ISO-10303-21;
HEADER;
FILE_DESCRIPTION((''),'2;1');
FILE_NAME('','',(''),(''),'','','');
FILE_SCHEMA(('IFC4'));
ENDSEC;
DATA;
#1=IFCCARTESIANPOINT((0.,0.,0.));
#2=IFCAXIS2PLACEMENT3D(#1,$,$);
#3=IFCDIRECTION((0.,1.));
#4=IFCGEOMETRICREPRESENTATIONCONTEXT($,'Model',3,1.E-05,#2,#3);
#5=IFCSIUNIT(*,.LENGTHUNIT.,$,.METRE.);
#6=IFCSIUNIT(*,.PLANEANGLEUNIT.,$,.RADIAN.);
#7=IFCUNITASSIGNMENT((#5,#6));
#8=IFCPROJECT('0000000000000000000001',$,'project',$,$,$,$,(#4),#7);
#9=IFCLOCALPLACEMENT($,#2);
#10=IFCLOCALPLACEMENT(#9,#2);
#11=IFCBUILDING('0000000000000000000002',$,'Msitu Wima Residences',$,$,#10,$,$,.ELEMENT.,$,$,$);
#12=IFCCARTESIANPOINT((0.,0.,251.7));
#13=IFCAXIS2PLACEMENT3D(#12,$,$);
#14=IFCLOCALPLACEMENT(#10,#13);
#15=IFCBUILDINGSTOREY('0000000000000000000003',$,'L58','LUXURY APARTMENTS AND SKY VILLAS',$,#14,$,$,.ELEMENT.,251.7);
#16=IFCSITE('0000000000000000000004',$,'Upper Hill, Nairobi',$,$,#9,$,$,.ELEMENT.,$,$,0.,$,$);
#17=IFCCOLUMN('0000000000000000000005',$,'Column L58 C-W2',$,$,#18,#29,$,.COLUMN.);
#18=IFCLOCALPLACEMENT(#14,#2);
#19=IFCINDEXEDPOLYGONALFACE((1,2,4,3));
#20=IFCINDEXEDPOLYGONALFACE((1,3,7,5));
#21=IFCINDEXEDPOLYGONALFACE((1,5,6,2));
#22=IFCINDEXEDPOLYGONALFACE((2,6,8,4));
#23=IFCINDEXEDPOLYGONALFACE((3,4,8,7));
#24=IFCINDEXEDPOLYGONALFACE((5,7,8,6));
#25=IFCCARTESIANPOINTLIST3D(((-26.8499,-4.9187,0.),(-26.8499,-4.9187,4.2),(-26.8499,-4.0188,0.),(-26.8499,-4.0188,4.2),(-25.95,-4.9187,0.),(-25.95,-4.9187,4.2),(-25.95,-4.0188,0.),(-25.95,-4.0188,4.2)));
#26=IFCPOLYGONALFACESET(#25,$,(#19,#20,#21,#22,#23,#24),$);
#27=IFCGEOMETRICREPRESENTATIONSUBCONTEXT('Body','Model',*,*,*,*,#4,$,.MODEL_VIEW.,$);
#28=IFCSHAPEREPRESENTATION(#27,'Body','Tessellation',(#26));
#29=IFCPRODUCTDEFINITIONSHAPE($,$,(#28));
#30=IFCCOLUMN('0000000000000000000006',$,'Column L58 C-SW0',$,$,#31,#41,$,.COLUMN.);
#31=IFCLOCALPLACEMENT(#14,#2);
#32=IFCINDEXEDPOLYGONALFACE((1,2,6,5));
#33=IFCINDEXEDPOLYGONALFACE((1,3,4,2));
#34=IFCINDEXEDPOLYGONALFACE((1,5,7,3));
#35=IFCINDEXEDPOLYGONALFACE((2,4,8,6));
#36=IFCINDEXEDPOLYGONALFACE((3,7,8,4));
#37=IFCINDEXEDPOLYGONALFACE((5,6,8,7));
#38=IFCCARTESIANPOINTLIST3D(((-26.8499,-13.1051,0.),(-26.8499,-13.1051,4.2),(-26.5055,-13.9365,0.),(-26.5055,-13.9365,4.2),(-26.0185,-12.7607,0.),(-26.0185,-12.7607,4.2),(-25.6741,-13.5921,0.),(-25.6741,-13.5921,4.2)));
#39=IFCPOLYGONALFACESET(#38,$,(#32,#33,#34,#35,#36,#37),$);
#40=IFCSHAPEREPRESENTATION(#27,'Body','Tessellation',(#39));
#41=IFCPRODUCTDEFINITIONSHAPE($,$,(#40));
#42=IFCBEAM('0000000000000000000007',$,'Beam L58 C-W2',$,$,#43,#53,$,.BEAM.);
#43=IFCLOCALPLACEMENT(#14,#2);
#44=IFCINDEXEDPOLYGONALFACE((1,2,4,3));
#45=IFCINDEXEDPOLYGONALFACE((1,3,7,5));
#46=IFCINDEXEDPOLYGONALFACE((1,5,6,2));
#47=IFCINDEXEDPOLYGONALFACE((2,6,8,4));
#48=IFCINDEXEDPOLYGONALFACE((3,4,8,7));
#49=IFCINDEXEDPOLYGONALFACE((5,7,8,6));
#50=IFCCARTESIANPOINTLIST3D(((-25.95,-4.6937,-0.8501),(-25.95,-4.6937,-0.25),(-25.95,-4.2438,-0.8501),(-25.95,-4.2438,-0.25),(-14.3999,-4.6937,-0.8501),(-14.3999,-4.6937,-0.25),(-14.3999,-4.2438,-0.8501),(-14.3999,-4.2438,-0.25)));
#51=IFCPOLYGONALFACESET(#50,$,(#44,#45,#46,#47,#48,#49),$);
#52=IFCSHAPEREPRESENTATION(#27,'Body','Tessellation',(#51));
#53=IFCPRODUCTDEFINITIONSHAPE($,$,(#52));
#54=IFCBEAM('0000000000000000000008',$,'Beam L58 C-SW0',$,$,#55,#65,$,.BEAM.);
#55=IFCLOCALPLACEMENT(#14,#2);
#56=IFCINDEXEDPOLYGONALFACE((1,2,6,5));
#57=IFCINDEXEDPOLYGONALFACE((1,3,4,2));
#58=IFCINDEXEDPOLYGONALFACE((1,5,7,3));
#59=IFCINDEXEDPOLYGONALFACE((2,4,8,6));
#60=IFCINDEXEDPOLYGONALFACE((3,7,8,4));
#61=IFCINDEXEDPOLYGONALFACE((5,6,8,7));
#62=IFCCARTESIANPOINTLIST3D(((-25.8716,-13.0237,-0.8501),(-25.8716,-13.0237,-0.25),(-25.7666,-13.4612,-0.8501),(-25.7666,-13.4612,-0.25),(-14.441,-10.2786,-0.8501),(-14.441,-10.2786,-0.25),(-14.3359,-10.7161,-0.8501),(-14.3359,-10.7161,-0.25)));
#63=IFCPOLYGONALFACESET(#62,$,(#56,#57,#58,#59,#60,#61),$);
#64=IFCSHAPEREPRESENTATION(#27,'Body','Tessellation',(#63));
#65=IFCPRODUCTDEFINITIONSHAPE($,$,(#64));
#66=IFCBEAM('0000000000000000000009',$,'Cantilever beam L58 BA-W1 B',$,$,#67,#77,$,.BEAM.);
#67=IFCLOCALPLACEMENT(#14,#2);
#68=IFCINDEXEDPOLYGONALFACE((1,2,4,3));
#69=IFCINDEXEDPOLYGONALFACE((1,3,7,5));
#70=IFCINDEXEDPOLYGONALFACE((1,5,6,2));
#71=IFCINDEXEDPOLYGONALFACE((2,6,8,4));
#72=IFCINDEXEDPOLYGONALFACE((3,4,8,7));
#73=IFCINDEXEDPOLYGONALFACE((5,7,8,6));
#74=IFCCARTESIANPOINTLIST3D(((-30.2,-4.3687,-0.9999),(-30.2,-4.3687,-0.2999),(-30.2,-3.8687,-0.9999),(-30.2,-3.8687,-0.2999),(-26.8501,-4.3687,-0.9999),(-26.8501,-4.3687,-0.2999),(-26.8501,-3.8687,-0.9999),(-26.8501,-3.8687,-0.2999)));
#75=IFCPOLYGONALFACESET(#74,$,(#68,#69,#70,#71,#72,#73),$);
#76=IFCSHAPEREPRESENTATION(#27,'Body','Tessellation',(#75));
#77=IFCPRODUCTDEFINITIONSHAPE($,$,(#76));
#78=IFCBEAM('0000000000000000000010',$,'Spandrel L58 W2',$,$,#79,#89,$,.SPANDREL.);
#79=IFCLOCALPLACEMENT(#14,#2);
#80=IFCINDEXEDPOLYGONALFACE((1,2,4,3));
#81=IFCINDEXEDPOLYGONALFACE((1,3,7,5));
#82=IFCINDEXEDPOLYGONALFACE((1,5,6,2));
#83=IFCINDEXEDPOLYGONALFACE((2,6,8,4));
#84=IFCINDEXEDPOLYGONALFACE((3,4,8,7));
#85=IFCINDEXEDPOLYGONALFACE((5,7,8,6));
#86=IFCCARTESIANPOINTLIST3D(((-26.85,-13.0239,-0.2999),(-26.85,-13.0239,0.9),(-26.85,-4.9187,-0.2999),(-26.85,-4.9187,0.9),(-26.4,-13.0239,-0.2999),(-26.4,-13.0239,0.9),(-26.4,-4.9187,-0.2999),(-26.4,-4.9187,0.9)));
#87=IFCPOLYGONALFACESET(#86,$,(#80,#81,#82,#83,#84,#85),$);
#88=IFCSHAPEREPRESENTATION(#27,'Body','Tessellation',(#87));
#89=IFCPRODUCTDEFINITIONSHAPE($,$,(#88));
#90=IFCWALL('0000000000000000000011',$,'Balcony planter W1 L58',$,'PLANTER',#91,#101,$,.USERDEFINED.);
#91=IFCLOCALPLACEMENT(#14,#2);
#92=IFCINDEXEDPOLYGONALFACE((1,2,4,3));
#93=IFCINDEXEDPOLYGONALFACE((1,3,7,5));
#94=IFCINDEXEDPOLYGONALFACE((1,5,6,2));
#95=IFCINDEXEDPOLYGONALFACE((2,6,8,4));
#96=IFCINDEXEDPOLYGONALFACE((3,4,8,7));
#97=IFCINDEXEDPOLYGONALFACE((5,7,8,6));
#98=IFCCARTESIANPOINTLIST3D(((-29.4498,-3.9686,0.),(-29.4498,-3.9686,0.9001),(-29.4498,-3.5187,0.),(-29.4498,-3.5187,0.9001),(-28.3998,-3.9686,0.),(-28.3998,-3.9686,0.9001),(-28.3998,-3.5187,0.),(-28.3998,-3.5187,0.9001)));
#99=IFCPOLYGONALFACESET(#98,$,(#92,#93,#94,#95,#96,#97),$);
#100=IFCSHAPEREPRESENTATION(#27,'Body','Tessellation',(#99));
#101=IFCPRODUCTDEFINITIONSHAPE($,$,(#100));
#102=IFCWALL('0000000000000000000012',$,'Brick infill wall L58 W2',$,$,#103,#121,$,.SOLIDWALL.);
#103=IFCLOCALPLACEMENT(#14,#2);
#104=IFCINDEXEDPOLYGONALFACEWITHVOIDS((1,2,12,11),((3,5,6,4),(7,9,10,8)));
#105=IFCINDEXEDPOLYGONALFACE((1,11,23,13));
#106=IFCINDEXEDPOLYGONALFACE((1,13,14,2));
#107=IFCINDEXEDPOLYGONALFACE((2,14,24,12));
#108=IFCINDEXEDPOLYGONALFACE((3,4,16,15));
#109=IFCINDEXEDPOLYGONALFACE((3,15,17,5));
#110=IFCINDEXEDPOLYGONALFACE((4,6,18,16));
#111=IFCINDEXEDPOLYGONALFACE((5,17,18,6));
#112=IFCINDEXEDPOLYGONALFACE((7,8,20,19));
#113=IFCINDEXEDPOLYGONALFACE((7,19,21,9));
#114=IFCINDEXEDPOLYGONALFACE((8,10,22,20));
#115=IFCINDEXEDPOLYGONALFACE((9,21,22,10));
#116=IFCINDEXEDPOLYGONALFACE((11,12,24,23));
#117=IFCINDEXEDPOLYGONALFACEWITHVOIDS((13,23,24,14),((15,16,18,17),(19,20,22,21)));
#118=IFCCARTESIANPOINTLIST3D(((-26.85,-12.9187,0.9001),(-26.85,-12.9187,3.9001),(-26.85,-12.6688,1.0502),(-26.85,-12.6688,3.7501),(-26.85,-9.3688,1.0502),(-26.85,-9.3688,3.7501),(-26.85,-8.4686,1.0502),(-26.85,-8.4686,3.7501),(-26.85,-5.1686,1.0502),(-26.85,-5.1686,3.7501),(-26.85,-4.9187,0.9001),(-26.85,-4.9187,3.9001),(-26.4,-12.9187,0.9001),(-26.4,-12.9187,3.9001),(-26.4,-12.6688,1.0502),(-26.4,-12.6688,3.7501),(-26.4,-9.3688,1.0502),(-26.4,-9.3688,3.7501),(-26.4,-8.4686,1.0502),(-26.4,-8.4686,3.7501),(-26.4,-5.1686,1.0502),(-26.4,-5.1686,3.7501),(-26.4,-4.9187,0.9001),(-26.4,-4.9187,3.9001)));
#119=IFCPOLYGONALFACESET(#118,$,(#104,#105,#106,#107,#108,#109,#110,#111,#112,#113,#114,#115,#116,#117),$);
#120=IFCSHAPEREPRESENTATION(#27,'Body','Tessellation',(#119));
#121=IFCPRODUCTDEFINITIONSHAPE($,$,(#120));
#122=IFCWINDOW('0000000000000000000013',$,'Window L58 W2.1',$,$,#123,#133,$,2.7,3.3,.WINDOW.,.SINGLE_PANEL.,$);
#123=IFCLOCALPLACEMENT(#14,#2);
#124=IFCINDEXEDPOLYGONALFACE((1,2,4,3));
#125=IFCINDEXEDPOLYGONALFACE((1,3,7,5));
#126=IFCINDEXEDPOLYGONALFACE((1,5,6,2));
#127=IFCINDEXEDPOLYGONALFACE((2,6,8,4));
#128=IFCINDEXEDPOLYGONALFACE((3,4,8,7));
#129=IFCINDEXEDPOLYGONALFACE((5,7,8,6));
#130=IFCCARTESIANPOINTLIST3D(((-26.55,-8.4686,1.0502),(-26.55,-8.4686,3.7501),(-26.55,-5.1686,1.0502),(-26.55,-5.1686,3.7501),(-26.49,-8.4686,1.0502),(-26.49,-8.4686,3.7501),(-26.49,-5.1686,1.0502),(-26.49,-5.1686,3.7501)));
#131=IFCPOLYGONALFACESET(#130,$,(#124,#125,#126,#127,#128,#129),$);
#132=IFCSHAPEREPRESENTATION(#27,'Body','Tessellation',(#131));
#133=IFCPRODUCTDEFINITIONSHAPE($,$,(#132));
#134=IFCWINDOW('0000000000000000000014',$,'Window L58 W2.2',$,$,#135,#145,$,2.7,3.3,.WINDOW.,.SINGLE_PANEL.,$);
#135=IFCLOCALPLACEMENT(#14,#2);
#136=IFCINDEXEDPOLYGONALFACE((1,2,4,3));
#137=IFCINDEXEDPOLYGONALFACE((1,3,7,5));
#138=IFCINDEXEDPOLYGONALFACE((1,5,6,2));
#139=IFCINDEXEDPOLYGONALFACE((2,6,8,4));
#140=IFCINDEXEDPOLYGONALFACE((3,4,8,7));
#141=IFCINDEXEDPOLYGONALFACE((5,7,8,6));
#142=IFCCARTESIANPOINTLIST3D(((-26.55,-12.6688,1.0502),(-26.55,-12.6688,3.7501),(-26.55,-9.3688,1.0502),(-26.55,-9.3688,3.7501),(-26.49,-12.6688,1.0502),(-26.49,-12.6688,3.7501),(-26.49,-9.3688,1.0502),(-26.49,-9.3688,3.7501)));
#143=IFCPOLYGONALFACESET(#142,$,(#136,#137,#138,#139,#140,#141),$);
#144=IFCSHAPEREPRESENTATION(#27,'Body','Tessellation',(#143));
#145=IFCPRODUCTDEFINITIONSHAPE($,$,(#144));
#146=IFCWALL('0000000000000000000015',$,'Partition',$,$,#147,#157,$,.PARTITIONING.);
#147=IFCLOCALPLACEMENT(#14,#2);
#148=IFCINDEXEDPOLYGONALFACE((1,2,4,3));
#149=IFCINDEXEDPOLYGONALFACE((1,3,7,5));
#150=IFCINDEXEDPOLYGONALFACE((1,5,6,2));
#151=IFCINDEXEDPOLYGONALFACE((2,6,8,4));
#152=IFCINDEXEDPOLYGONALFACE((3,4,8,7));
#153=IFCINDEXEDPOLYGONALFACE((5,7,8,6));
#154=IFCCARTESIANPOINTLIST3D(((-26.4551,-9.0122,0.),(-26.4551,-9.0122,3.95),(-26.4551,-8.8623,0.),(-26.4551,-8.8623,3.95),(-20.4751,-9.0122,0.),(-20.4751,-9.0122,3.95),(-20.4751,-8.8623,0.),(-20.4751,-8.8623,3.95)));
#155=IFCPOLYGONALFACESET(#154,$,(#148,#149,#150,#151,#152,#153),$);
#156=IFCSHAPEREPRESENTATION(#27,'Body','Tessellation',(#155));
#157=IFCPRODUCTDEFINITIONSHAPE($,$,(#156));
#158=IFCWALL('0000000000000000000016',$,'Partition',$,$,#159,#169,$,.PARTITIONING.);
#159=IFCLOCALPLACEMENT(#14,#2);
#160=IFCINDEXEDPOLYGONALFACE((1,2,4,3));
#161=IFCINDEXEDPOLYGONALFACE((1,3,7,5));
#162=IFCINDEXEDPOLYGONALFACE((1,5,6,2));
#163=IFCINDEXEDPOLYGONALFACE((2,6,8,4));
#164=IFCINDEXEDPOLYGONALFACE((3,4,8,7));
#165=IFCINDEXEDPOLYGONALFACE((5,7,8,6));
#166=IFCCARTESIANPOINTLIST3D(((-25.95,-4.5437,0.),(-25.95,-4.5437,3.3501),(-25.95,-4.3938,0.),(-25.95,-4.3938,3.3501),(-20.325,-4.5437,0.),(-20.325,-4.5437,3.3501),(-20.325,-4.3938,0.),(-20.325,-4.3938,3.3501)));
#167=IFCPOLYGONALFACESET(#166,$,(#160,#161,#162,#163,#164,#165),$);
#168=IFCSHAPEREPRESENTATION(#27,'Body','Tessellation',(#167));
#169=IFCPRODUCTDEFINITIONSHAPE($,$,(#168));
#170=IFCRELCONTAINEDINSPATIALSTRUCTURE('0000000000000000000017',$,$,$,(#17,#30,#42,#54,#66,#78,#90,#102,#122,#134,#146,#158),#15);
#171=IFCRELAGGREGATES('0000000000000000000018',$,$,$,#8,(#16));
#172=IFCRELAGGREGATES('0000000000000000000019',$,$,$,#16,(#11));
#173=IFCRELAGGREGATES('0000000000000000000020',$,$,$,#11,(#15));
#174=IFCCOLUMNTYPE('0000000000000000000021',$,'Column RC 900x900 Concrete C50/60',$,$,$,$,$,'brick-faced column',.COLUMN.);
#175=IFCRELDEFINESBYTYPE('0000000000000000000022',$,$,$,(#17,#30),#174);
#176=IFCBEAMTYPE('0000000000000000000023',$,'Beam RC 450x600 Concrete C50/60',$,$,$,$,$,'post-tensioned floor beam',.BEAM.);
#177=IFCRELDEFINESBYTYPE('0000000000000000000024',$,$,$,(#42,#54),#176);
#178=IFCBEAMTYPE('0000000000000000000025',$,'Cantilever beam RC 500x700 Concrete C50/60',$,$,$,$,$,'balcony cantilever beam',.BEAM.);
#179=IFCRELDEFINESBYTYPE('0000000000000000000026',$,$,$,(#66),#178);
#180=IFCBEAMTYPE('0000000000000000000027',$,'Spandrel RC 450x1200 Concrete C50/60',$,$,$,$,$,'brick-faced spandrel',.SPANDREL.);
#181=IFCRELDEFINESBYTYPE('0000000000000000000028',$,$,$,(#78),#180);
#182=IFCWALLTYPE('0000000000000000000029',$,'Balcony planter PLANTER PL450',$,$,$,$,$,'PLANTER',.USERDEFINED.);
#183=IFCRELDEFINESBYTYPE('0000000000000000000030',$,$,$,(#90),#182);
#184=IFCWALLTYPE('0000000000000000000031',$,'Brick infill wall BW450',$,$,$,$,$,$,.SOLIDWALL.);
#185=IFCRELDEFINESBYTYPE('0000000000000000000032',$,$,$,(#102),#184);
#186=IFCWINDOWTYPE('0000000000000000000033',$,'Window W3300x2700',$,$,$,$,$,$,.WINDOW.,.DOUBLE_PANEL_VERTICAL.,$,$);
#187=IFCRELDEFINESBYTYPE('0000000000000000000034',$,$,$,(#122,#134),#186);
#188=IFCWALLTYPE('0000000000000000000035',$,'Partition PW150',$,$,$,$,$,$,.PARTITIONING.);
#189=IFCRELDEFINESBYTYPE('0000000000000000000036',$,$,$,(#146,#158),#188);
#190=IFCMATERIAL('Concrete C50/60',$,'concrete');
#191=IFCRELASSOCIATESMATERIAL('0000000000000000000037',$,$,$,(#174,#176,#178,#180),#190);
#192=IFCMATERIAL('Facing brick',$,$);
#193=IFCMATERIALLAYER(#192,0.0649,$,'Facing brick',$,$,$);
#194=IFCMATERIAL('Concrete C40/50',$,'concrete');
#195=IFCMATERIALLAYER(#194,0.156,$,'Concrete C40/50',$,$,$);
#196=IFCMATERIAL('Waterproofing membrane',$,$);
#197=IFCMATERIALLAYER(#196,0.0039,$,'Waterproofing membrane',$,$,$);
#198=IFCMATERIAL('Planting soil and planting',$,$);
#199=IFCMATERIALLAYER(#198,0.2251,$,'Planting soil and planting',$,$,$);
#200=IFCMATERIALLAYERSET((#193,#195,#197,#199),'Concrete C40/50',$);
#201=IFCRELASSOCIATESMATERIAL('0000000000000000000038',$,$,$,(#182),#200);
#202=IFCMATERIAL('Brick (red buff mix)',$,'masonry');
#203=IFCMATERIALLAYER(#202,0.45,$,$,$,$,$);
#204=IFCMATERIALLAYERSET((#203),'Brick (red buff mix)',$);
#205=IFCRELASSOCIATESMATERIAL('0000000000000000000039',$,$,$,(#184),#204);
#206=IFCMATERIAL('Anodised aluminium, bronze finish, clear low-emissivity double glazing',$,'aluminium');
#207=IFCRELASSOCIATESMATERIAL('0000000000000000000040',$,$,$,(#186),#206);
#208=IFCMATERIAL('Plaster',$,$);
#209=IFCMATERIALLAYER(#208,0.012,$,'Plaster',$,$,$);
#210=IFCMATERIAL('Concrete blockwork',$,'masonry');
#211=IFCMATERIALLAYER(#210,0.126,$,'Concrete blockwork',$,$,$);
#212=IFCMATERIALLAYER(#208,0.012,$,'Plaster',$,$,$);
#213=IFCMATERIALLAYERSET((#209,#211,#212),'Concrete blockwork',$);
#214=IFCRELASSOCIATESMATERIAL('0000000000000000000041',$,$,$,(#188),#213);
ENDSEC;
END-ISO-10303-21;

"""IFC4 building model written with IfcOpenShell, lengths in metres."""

from ifc_helpers import new_model, si_unit, direction, frame, frame_2d, origin, origin_2d, place, context, subcontext, project, spatial, rectangle, extrude, material, layer, layer_set, material_profile, profile_set, type_object, element, fill, save


model = new_model("IFC4")

# Units and contexts
model_context = context("Model", 3, precision=1e-05, world=origin(), true_north=direction((0.0, 1.0)))
body_context = subcontext(model_context, "Body", "Model", "MODEL_VIEW")
ifc_project = project(units=[si_unit("LENGTHUNIT", "METRE"), si_unit("PLANEANGLEUNIT", "RADIAN")], contexts=[model_context])

# Site, building, storey
site_placement = place(None, origin())
site = spatial("IfcSite", under=ifc_project, at=site_placement, Name="Upper Hill, Nairobi", CompositionType="ELEMENT", RefElevation=0.0)
building_placement = place(site_placement, origin())
building = spatial("IfcBuilding", under=site, at=building_placement, Name="Msitu Wima Residences", CompositionType="ELEMENT")
storey_placement = place(building_placement, frame((0.0, 0.0, 251.7)))
storey = spatial("IfcBuildingStorey", under=building, at=storey_placement, Name="L58", Description="LUXURY APARTMENTS AND SKY VILLAS", CompositionType="ELEMENT", Elevation=251.7)

# Columns
ifc_material_1 = material(Name="Concrete C50/60", Category="concrete")
ifc_material_profile_1 = material_profile(ifc_material_1, rectangle(XDim=0.8999, YDim=0.8999, at=origin_2d()), Name="RC 900x900")
ifc_profile_set_1 = profile_set([ifc_material_profile_1], Name="Concrete C50/60")
column_type = type_object("IfcColumnType", Name="Column RC 900x900 Concrete C50/60", ElementType="brick-faced column", PredefinedType="COLUMN", material=ifc_profile_set_1)
for number, where, z_axis, x_axis, name in (
    (1, (-26.3999, -4.4688, 0.0), (0.0, 0.0, 1.0), (0.0, -1.0, 0.0), "Column L58 C-W2"),
    (2, (-26.262, -13.3486, 0.0), (0.0, 0.0, 1.0), (0.382683, -0.92388, 0.0), "Column L58 C-SW0"),
):
    element("IfcColumn", number, at=place(storey_placement, frame(where, z_axis=z_axis, x_axis=x_axis)), inside=storey, type_object=column_type, Name=name, PredefinedType="COLUMN", context=body_context, shape_type="SweptSolid", body=[
        extrude(rectangle(XDim=0.8999, YDim=0.8999, at=origin_2d()), origin(), (0.0, 0.0, 1.0), 4.2),
    ])

# Beams
ifc_material_profile_2 = material_profile(ifc_material_1, rectangle(XDim=0.45, YDim=0.6001, at=origin_2d()), Name="RC 450x600")
ifc_profile_set_2 = profile_set([ifc_material_profile_2], Name="Concrete C50/60")
beam_type_1 = type_object("IfcBeamType", Name="Beam RC 450x600 Concrete C50/60", ElementType="post-tensioned floor beam", PredefinedType="BEAM", material=ifc_profile_set_2)
beam_1_placement = place(storey_placement, frame((-25.95, -4.4688, -0.55), z_axis=(1.0, 0.0, 0.0), x_axis=(0.0, 1.0, 0.0)))
element("IfcBeam", 3, at=beam_1_placement, inside=storey, type_object=beam_type_1, Name="Beam L58 C-W2", PredefinedType="BEAM", context=body_context, shape_type="SweptSolid", body=[
    extrude(rectangle(XDim=0.45, YDim=0.6001, at=origin_2d()), origin(), (0.0, 0.0, 1.0), 11.55),
])
beam_2_placement = place(storey_placement, frame((-25.8191, -13.2424, -0.55), z_axis=(0.972353, 0.233514, 0.0), x_axis=(-0.233514, 0.972353, 0.0)))
element("IfcBeam", 4, at=beam_2_placement, inside=storey, type_object=beam_type_1, Name="Beam L58 C-SW0", PredefinedType="BEAM", context=body_context, shape_type="SweptSolid", body=[
    extrude(rectangle(XDim=0.45, YDim=0.6001, at=origin_2d()), origin(), (0.0, 0.0, 1.0), 11.7556),
])
ifc_material_profile_3 = material_profile(ifc_material_1, rectangle(XDim=0.5, YDim=0.7, at=origin_2d()), Name="RC 500x700")
ifc_profile_set_3 = profile_set([ifc_material_profile_3], Name="Concrete C50/60")
beam_type_2 = type_object("IfcBeamType", Name="Cantilever beam RC 500x700 Concrete C50/60", ElementType="balcony cantilever beam", PredefinedType="BEAM", material=ifc_profile_set_3)
beam_3_placement = place(storey_placement, frame((-26.8501, -4.1187, -0.6499), z_axis=(-1.0, 0.0, 0.0), x_axis=(0.0, -1.0, 0.0)))
element("IfcBeam", 5, at=beam_3_placement, inside=storey, type_object=beam_type_2, Name="Cantilever beam L58 BA-W1 B", PredefinedType="BEAM", context=body_context, shape_type="SweptSolid", body=[
    extrude(rectangle(XDim=0.5, YDim=0.7, at=origin_2d()), origin(), (0.0, 0.0, 1.0), 3.3499),
])
ifc_material_profile_4 = material_profile(ifc_material_1, rectangle(XDim=0.45, YDim=1.2, at=origin_2d()), Name="RC 450x1200")
ifc_profile_set_4 = profile_set([ifc_material_profile_4], Name="Concrete C50/60")
beam_type_3 = type_object("IfcBeamType", Name="Spandrel RC 450x1200 Concrete C50/60", ElementType="brick-faced spandrel", PredefinedType="SPANDREL", material=ifc_profile_set_4)
beam_4_placement = place(storey_placement, frame((-26.625, -4.9187, 0.3), z_axis=(0.0, -1.0, 0.0), x_axis=(1.0, 0.0, 0.0)))
element("IfcBeam", 6, at=beam_4_placement, inside=storey, type_object=beam_type_3, Name="Spandrel L58 W2", PredefinedType="SPANDREL", context=body_context, shape_type="SweptSolid", body=[
    extrude(rectangle(XDim=0.45, YDim=1.2, at=origin_2d()), origin(), (0.0, 0.0, 1.0), 8.1052),
])

# Wall
ifc_material_2 = material(Name="Facing brick")
ifc_layer_1 = layer(ifc_material_2, 0.0649, Name="Facing brick")
ifc_material_3 = material(Name="Concrete C40/50", Category="concrete")
ifc_layer_2 = layer(ifc_material_3, 0.156, Name="Concrete C40/50")
ifc_material_4 = material(Name="Waterproofing membrane")
ifc_layer_3 = layer(ifc_material_4, 0.0039, Name="Waterproofing membrane")
ifc_material_5 = material(Name="Planting soil and planting")
ifc_layer_4 = layer(ifc_material_5, 0.2251, Name="Planting soil and planting")
ifc_layer_set_1 = layer_set([ifc_layer_1, ifc_layer_2, ifc_layer_3, ifc_layer_4], Name="Concrete C40/50")
wall_type_1 = type_object("IfcWallType", Name="Balcony planter PLANTER PL450", ElementType="PLANTER", PredefinedType="USERDEFINED", material=ifc_layer_set_1)
wall_1_placement = place(storey_placement, frame((-28.3999, -3.7437, 0.0), z_axis=(0.0, 0.0, 1.0), x_axis=(-1.0, 0.0, 0.0)))
element("IfcWall", 7, at=wall_1_placement, inside=storey, type_object=wall_type_1, Name="Balcony planter W1 L58", ObjectType="PLANTER", PredefinedType="USERDEFINED", context=body_context, shape_type="SweptSolid", body=[
    extrude(rectangle(XDim=1.05, YDim=0.45, at=frame_2d((0.5249, 0.0))), origin(), (0.0, 0.0, 1.0), 0.9001),
])

# Wall, openings, windows
ifc_material_6 = material(Name="Brick (red buff mix)", Category="masonry")
ifc_layer_5 = layer(ifc_material_6, 0.45)
ifc_layer_set_2 = layer_set([ifc_layer_5], Name="Brick (red buff mix)")
wall_type_2 = type_object("IfcWallType", Name="Brick infill wall BW450", PredefinedType="SOLIDWALL", material=ifc_layer_set_2)
wall_2_placement = place(storey_placement, frame((-26.625, -4.9187, 0.9001), z_axis=(0.0, 0.0, 1.0), x_axis=(0.0, -1.0, 0.0)))
wall_2 = element("IfcWall", 8, at=wall_2_placement, inside=storey, type_object=wall_type_2, Name="Brick infill wall L58 W2", PredefinedType="SOLIDWALL", context=body_context, shape_type="SweptSolid", body=[
    extrude(rectangle(XDim=8.0, YDim=0.45, at=frame_2d((4.0, 0.0))), origin(), (0.0, 0.0, 1.0), 3.0),
])
opening_1_placement = place(wall_2_placement, frame((0.25, 0.0, 0.1499)))
opening_1 = element("IfcOpeningElement", 9, at=opening_1_placement, cuts=wall_2, PredefinedType="OPENING", context=body_context, shape_type="SweptSolid", body=[
    extrude(rectangle(XDim=3.3, YDim=2.7, at=frame_2d((1.6499, 1.3501))), frame((0.0, 0.2349, 0.0), z_axis=(0.0, -1.0, 0.0), x_axis=(1.0, 0.0, 0.0)), (0.0, 0.0, 1.0), 0.47),
])
opening_2_placement = place(wall_2_placement, frame((4.4502, 0.0, 0.1499)))
opening_2 = element("IfcOpeningElement", 10, at=opening_2_placement, cuts=wall_2, PredefinedType="OPENING", context=body_context, shape_type="SweptSolid", body=[
    extrude(rectangle(XDim=3.3, YDim=2.7, at=frame_2d((1.6499, 1.3501))), frame((0.0, 0.2349, 0.0), z_axis=(0.0, -1.0, 0.0), x_axis=(1.0, 0.0, 0.0)), (0.0, 0.0, 1.0), 0.47),
])
ifc_material_7 = material(Name="Anodised aluminium, bronze finish, clear low-emissivity double glazing", Category="aluminium")
window_type = type_object("IfcWindowType", Name="Window W3300x2700", PartitioningType="DOUBLE_PANEL_VERTICAL", PredefinedType="WINDOW", material=ifc_material_7)
window_1_placement = place(opening_1_placement, origin())
window_1 = element("IfcWindow", 11, at=window_1_placement, inside=storey, type_object=window_type, Name="Window L58 W2.1", OverallHeight=2.7, OverallWidth=3.3, PartitioningType="SINGLE_PANEL", PredefinedType="WINDOW", context=body_context, shape_type="SweptSolid", body=[
    extrude(rectangle(XDim=3.3, YDim=2.7, at=frame_2d((1.6499, 1.3501))), frame((0.0, 0.135, 0.0), z_axis=(0.0, -1.0, 0.0), x_axis=(1.0, 0.0, 0.0)), (0.0, 0.0, 1.0), 0.0601),
])
fill(opening_1, window_1)
window_2_placement = place(opening_2_placement, origin())
window_2 = element("IfcWindow", 12, at=window_2_placement, inside=storey, type_object=window_type, Name="Window L58 W2.2", OverallHeight=2.7, OverallWidth=3.3, PartitioningType="SINGLE_PANEL", PredefinedType="WINDOW", context=body_context, shape_type="SweptSolid", body=[
    extrude(rectangle(XDim=3.3, YDim=2.7, at=frame_2d((1.6499, 1.3501))), frame((0.0, 0.135, 0.0), z_axis=(0.0, -1.0, 0.0), x_axis=(1.0, 0.0, 0.0)), (0.0, 0.0, 1.0), 0.0601),
])
fill(opening_2, window_2)

# Walls
ifc_material_8 = material(Name="Plaster")
ifc_layer_6 = layer(ifc_material_8, 0.012, Name="Plaster")
ifc_material_9 = material(Name="Concrete blockwork", Category="masonry")
ifc_layer_7 = layer(ifc_material_9, 0.126, Name="Concrete blockwork")
ifc_layer_8 = layer(ifc_material_8, 0.012, Name="Plaster")
ifc_layer_set_3 = layer_set([ifc_layer_6, ifc_layer_7, ifc_layer_8], Name="Concrete blockwork")
wall_type_3 = type_object("IfcWallType", Name="Partition PW150", PredefinedType="PARTITIONING", material=ifc_layer_set_3)
wall_3_placement = place(storey_placement, frame((-26.4551, -8.9373, 0.0), z_axis=(0.0, 0.0, 1.0), x_axis=(1.0, 0.0, 0.0)))
element("IfcWall", 13, at=wall_3_placement, inside=storey, type_object=wall_type_3, Name="Partition", PredefinedType="PARTITIONING", context=body_context, shape_type="SweptSolid", body=[
    extrude(rectangle(XDim=5.98, YDim=0.1499, at=frame_2d((2.99, 0.0))), origin(), (0.0, 0.0, 1.0), 3.95),
])
wall_4_placement = place(storey_placement, frame((-25.95, -4.4688, 0.0), z_axis=(0.0, 0.0, 1.0), x_axis=(1.0, 0.0, 0.0)))
element("IfcWall", 14, at=wall_4_placement, inside=storey, type_object=wall_type_3, Name="Partition", PredefinedType="PARTITIONING", context=body_context, shape_type="SweptSolid", body=[
    extrude(rectangle(XDim=5.625, YDim=0.1499, at=frame_2d((2.8125, 0.0))), origin(), (0.0, 0.0, 1.0), 3.3501),
])

save(model, "model.ifc")
